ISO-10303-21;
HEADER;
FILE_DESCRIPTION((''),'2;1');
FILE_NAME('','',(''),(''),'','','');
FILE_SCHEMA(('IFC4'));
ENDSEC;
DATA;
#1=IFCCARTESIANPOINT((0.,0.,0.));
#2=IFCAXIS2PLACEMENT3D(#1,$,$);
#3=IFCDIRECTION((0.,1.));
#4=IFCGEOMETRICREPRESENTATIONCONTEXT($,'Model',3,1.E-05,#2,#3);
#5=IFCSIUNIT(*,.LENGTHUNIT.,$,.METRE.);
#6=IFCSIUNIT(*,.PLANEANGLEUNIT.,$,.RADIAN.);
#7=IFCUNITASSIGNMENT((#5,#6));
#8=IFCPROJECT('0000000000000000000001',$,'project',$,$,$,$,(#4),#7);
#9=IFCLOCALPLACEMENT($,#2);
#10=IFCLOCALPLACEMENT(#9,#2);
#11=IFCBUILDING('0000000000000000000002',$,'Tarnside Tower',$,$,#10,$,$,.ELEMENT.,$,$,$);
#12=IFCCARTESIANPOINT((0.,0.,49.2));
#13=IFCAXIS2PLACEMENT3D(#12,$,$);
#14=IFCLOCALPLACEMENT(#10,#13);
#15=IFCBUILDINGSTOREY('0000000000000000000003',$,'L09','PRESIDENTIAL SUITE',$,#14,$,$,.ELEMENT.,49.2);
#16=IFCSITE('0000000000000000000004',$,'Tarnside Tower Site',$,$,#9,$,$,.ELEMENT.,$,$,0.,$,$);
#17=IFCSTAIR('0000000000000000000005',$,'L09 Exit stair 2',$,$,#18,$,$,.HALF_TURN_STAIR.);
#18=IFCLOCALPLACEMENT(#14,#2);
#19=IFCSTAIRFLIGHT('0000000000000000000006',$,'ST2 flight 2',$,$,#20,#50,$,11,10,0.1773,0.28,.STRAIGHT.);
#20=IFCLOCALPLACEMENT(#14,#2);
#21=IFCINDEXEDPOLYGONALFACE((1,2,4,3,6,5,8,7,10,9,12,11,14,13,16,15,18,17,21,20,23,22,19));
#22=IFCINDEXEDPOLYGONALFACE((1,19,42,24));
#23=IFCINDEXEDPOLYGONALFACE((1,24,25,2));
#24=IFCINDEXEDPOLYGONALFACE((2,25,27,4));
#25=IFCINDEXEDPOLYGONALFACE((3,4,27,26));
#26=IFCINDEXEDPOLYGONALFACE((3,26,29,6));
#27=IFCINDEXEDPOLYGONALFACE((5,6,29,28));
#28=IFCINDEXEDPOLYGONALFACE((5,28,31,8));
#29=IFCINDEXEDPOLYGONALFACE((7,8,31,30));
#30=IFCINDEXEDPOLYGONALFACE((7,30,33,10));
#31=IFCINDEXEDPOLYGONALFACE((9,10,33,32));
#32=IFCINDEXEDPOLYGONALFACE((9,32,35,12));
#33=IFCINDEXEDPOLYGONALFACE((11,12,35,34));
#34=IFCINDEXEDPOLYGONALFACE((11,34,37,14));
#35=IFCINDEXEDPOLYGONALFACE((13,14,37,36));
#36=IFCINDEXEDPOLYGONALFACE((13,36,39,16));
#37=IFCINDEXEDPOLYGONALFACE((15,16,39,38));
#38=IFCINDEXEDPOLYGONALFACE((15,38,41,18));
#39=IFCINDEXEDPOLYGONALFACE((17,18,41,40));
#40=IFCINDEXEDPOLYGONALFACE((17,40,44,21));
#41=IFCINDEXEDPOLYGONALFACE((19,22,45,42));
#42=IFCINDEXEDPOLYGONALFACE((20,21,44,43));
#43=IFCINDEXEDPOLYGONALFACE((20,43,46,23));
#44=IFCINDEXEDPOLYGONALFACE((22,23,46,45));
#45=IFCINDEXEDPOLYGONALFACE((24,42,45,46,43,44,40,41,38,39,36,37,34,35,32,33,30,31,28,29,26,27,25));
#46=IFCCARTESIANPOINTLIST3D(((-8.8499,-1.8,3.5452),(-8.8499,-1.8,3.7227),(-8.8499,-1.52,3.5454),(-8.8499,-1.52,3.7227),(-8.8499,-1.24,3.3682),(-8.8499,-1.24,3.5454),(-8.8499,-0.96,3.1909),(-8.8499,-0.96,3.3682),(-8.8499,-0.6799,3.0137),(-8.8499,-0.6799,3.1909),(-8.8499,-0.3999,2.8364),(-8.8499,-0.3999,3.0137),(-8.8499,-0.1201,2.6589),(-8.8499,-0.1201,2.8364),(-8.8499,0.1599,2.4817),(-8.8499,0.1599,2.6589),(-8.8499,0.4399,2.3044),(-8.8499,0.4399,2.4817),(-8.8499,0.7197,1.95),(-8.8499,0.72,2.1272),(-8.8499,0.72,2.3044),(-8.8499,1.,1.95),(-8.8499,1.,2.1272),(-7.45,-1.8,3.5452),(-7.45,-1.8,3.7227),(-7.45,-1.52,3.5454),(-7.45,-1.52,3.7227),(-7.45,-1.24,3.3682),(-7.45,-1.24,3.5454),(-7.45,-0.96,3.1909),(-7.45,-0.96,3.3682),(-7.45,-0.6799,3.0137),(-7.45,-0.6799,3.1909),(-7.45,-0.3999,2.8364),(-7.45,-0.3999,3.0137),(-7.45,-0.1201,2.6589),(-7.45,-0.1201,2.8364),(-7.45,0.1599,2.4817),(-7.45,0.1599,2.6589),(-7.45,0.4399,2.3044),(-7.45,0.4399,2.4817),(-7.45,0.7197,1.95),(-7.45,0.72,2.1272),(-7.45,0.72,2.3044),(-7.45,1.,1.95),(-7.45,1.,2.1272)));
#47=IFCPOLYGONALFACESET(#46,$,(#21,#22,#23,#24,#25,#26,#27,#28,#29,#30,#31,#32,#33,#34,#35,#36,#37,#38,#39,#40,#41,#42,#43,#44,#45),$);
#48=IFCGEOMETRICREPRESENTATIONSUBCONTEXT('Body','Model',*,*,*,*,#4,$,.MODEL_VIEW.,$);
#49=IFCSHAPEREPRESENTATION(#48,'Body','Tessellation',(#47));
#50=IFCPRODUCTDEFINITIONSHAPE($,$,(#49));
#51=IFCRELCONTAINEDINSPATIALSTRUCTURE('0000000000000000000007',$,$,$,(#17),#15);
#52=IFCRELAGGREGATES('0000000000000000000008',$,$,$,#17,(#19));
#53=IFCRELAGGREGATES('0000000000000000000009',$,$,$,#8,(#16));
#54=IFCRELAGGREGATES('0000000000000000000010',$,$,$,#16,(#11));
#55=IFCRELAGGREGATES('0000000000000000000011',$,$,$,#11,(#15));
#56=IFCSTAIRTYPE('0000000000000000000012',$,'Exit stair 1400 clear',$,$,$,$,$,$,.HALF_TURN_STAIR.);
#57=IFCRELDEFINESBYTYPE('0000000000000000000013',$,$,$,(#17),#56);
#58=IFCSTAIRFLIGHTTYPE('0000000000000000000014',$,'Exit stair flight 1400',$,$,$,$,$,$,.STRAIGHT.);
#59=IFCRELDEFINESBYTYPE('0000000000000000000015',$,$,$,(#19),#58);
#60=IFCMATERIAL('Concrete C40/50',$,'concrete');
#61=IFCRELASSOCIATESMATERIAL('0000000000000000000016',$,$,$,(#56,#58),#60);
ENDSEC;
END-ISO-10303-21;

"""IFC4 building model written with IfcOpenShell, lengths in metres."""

from ifc_helpers import new_model, si_unit, direction, frame, origin, place, context, subcontext, project, spatial, polyline, outline, extrude, material, type_object, element, aggregate, save


model = new_model("IFC4")

# Units and contexts
model_context = context("Model", 3, precision=1e-05, world=origin(), true_north=direction((0.0, 1.0)))
body_context = subcontext(model_context, "Body", "Model", "MODEL_VIEW")
ifc_project = project(units=[si_unit("LENGTHUNIT", "METRE"), si_unit("PLANEANGLEUNIT", "RADIAN")], contexts=[model_context])

# Site, building, storey
site_placement = place(None, origin())
site = spatial("IfcSite", under=ifc_project, at=site_placement, Name="Tarnside Tower Site", CompositionType="ELEMENT", RefElevation=0.0)
building_placement = place(site_placement, origin())
building = spatial("IfcBuilding", under=site, at=building_placement, Name="Tarnside Tower", CompositionType="ELEMENT")
storey_placement = place(building_placement, frame((0.0, 0.0, 49.2)))
storey = spatial("IfcBuildingStorey", under=building, at=storey_placement, Name="L09", Description="PRESIDENTIAL SUITE", CompositionType="ELEMENT", Elevation=49.2)

# Shared definitions
ifc_material_1 = material(Name="Concrete C40/50", Category="concrete")

# Stair, stair flight
stair_type = type_object("IfcStairType", Name="Exit stair 1400 clear", PredefinedType="HALF_TURN_STAIR", material=ifc_material_1)
stair_placement = place(storey_placement, origin())
stair = element("IfcStair", 1, at=stair_placement, inside=storey, type_object=stair_type, Name="L09 Exit stair 2", PredefinedType="HALF_TURN_STAIR")
stair_flight_type = type_object("IfcStairFlightType", Name="Exit stair flight 1400", PredefinedType="STRAIGHT", material=ifc_material_1)
stair_flight_placement = place(storey_placement, frame((-8.1499, 1.0, 1.95), z_axis=(0.0, 0.0, 1.0), x_axis=(0.0, -1.0, 0.0)))
stair_flight = element("IfcStairFlight", 2, at=stair_flight_placement, type_object=stair_flight_type, Name="ST2 flight 2", NumberOfRisers=11, NumberOfTreads=10, PredefinedType="STRAIGHT", RiserHeight=0.1773, TreadLength=0.28, context=body_context, shape_type="SweptSolid", body=[
    extrude(outline(polyline([(0.0, 0.0), (0.0, 0.1772), (0.28, 0.1772), (0.28, 0.3545), (0.5601, 0.3545), (0.5601, 0.5317), (0.8401, 0.5317), (0.8401, 0.709), (1.1201, 0.709), (1.1201, 0.8865), (1.3999, 0.8865), (1.3999, 1.0637), (1.6799, 1.0637), (1.6799, 1.241), (1.96, 1.241), (1.96, 1.4182), (2.24, 1.4182), (2.24, 1.5955), (2.52, 1.5955), (2.52, 1.7727), (2.8, 1.7727), (2.8, 1.95), (2.8, 1.5952), (0.2803, 0.0), (0.0, 0.0)])), frame((0.0, 0.7, 0.0), z_axis=(0.0, -1.0, 0.0), x_axis=(1.0, 0.0, 0.0)), (0.0, 0.0, 1.0), 1.3999),
])
aggregate(stair, [stair_flight])

save(model, "model.ifc")
